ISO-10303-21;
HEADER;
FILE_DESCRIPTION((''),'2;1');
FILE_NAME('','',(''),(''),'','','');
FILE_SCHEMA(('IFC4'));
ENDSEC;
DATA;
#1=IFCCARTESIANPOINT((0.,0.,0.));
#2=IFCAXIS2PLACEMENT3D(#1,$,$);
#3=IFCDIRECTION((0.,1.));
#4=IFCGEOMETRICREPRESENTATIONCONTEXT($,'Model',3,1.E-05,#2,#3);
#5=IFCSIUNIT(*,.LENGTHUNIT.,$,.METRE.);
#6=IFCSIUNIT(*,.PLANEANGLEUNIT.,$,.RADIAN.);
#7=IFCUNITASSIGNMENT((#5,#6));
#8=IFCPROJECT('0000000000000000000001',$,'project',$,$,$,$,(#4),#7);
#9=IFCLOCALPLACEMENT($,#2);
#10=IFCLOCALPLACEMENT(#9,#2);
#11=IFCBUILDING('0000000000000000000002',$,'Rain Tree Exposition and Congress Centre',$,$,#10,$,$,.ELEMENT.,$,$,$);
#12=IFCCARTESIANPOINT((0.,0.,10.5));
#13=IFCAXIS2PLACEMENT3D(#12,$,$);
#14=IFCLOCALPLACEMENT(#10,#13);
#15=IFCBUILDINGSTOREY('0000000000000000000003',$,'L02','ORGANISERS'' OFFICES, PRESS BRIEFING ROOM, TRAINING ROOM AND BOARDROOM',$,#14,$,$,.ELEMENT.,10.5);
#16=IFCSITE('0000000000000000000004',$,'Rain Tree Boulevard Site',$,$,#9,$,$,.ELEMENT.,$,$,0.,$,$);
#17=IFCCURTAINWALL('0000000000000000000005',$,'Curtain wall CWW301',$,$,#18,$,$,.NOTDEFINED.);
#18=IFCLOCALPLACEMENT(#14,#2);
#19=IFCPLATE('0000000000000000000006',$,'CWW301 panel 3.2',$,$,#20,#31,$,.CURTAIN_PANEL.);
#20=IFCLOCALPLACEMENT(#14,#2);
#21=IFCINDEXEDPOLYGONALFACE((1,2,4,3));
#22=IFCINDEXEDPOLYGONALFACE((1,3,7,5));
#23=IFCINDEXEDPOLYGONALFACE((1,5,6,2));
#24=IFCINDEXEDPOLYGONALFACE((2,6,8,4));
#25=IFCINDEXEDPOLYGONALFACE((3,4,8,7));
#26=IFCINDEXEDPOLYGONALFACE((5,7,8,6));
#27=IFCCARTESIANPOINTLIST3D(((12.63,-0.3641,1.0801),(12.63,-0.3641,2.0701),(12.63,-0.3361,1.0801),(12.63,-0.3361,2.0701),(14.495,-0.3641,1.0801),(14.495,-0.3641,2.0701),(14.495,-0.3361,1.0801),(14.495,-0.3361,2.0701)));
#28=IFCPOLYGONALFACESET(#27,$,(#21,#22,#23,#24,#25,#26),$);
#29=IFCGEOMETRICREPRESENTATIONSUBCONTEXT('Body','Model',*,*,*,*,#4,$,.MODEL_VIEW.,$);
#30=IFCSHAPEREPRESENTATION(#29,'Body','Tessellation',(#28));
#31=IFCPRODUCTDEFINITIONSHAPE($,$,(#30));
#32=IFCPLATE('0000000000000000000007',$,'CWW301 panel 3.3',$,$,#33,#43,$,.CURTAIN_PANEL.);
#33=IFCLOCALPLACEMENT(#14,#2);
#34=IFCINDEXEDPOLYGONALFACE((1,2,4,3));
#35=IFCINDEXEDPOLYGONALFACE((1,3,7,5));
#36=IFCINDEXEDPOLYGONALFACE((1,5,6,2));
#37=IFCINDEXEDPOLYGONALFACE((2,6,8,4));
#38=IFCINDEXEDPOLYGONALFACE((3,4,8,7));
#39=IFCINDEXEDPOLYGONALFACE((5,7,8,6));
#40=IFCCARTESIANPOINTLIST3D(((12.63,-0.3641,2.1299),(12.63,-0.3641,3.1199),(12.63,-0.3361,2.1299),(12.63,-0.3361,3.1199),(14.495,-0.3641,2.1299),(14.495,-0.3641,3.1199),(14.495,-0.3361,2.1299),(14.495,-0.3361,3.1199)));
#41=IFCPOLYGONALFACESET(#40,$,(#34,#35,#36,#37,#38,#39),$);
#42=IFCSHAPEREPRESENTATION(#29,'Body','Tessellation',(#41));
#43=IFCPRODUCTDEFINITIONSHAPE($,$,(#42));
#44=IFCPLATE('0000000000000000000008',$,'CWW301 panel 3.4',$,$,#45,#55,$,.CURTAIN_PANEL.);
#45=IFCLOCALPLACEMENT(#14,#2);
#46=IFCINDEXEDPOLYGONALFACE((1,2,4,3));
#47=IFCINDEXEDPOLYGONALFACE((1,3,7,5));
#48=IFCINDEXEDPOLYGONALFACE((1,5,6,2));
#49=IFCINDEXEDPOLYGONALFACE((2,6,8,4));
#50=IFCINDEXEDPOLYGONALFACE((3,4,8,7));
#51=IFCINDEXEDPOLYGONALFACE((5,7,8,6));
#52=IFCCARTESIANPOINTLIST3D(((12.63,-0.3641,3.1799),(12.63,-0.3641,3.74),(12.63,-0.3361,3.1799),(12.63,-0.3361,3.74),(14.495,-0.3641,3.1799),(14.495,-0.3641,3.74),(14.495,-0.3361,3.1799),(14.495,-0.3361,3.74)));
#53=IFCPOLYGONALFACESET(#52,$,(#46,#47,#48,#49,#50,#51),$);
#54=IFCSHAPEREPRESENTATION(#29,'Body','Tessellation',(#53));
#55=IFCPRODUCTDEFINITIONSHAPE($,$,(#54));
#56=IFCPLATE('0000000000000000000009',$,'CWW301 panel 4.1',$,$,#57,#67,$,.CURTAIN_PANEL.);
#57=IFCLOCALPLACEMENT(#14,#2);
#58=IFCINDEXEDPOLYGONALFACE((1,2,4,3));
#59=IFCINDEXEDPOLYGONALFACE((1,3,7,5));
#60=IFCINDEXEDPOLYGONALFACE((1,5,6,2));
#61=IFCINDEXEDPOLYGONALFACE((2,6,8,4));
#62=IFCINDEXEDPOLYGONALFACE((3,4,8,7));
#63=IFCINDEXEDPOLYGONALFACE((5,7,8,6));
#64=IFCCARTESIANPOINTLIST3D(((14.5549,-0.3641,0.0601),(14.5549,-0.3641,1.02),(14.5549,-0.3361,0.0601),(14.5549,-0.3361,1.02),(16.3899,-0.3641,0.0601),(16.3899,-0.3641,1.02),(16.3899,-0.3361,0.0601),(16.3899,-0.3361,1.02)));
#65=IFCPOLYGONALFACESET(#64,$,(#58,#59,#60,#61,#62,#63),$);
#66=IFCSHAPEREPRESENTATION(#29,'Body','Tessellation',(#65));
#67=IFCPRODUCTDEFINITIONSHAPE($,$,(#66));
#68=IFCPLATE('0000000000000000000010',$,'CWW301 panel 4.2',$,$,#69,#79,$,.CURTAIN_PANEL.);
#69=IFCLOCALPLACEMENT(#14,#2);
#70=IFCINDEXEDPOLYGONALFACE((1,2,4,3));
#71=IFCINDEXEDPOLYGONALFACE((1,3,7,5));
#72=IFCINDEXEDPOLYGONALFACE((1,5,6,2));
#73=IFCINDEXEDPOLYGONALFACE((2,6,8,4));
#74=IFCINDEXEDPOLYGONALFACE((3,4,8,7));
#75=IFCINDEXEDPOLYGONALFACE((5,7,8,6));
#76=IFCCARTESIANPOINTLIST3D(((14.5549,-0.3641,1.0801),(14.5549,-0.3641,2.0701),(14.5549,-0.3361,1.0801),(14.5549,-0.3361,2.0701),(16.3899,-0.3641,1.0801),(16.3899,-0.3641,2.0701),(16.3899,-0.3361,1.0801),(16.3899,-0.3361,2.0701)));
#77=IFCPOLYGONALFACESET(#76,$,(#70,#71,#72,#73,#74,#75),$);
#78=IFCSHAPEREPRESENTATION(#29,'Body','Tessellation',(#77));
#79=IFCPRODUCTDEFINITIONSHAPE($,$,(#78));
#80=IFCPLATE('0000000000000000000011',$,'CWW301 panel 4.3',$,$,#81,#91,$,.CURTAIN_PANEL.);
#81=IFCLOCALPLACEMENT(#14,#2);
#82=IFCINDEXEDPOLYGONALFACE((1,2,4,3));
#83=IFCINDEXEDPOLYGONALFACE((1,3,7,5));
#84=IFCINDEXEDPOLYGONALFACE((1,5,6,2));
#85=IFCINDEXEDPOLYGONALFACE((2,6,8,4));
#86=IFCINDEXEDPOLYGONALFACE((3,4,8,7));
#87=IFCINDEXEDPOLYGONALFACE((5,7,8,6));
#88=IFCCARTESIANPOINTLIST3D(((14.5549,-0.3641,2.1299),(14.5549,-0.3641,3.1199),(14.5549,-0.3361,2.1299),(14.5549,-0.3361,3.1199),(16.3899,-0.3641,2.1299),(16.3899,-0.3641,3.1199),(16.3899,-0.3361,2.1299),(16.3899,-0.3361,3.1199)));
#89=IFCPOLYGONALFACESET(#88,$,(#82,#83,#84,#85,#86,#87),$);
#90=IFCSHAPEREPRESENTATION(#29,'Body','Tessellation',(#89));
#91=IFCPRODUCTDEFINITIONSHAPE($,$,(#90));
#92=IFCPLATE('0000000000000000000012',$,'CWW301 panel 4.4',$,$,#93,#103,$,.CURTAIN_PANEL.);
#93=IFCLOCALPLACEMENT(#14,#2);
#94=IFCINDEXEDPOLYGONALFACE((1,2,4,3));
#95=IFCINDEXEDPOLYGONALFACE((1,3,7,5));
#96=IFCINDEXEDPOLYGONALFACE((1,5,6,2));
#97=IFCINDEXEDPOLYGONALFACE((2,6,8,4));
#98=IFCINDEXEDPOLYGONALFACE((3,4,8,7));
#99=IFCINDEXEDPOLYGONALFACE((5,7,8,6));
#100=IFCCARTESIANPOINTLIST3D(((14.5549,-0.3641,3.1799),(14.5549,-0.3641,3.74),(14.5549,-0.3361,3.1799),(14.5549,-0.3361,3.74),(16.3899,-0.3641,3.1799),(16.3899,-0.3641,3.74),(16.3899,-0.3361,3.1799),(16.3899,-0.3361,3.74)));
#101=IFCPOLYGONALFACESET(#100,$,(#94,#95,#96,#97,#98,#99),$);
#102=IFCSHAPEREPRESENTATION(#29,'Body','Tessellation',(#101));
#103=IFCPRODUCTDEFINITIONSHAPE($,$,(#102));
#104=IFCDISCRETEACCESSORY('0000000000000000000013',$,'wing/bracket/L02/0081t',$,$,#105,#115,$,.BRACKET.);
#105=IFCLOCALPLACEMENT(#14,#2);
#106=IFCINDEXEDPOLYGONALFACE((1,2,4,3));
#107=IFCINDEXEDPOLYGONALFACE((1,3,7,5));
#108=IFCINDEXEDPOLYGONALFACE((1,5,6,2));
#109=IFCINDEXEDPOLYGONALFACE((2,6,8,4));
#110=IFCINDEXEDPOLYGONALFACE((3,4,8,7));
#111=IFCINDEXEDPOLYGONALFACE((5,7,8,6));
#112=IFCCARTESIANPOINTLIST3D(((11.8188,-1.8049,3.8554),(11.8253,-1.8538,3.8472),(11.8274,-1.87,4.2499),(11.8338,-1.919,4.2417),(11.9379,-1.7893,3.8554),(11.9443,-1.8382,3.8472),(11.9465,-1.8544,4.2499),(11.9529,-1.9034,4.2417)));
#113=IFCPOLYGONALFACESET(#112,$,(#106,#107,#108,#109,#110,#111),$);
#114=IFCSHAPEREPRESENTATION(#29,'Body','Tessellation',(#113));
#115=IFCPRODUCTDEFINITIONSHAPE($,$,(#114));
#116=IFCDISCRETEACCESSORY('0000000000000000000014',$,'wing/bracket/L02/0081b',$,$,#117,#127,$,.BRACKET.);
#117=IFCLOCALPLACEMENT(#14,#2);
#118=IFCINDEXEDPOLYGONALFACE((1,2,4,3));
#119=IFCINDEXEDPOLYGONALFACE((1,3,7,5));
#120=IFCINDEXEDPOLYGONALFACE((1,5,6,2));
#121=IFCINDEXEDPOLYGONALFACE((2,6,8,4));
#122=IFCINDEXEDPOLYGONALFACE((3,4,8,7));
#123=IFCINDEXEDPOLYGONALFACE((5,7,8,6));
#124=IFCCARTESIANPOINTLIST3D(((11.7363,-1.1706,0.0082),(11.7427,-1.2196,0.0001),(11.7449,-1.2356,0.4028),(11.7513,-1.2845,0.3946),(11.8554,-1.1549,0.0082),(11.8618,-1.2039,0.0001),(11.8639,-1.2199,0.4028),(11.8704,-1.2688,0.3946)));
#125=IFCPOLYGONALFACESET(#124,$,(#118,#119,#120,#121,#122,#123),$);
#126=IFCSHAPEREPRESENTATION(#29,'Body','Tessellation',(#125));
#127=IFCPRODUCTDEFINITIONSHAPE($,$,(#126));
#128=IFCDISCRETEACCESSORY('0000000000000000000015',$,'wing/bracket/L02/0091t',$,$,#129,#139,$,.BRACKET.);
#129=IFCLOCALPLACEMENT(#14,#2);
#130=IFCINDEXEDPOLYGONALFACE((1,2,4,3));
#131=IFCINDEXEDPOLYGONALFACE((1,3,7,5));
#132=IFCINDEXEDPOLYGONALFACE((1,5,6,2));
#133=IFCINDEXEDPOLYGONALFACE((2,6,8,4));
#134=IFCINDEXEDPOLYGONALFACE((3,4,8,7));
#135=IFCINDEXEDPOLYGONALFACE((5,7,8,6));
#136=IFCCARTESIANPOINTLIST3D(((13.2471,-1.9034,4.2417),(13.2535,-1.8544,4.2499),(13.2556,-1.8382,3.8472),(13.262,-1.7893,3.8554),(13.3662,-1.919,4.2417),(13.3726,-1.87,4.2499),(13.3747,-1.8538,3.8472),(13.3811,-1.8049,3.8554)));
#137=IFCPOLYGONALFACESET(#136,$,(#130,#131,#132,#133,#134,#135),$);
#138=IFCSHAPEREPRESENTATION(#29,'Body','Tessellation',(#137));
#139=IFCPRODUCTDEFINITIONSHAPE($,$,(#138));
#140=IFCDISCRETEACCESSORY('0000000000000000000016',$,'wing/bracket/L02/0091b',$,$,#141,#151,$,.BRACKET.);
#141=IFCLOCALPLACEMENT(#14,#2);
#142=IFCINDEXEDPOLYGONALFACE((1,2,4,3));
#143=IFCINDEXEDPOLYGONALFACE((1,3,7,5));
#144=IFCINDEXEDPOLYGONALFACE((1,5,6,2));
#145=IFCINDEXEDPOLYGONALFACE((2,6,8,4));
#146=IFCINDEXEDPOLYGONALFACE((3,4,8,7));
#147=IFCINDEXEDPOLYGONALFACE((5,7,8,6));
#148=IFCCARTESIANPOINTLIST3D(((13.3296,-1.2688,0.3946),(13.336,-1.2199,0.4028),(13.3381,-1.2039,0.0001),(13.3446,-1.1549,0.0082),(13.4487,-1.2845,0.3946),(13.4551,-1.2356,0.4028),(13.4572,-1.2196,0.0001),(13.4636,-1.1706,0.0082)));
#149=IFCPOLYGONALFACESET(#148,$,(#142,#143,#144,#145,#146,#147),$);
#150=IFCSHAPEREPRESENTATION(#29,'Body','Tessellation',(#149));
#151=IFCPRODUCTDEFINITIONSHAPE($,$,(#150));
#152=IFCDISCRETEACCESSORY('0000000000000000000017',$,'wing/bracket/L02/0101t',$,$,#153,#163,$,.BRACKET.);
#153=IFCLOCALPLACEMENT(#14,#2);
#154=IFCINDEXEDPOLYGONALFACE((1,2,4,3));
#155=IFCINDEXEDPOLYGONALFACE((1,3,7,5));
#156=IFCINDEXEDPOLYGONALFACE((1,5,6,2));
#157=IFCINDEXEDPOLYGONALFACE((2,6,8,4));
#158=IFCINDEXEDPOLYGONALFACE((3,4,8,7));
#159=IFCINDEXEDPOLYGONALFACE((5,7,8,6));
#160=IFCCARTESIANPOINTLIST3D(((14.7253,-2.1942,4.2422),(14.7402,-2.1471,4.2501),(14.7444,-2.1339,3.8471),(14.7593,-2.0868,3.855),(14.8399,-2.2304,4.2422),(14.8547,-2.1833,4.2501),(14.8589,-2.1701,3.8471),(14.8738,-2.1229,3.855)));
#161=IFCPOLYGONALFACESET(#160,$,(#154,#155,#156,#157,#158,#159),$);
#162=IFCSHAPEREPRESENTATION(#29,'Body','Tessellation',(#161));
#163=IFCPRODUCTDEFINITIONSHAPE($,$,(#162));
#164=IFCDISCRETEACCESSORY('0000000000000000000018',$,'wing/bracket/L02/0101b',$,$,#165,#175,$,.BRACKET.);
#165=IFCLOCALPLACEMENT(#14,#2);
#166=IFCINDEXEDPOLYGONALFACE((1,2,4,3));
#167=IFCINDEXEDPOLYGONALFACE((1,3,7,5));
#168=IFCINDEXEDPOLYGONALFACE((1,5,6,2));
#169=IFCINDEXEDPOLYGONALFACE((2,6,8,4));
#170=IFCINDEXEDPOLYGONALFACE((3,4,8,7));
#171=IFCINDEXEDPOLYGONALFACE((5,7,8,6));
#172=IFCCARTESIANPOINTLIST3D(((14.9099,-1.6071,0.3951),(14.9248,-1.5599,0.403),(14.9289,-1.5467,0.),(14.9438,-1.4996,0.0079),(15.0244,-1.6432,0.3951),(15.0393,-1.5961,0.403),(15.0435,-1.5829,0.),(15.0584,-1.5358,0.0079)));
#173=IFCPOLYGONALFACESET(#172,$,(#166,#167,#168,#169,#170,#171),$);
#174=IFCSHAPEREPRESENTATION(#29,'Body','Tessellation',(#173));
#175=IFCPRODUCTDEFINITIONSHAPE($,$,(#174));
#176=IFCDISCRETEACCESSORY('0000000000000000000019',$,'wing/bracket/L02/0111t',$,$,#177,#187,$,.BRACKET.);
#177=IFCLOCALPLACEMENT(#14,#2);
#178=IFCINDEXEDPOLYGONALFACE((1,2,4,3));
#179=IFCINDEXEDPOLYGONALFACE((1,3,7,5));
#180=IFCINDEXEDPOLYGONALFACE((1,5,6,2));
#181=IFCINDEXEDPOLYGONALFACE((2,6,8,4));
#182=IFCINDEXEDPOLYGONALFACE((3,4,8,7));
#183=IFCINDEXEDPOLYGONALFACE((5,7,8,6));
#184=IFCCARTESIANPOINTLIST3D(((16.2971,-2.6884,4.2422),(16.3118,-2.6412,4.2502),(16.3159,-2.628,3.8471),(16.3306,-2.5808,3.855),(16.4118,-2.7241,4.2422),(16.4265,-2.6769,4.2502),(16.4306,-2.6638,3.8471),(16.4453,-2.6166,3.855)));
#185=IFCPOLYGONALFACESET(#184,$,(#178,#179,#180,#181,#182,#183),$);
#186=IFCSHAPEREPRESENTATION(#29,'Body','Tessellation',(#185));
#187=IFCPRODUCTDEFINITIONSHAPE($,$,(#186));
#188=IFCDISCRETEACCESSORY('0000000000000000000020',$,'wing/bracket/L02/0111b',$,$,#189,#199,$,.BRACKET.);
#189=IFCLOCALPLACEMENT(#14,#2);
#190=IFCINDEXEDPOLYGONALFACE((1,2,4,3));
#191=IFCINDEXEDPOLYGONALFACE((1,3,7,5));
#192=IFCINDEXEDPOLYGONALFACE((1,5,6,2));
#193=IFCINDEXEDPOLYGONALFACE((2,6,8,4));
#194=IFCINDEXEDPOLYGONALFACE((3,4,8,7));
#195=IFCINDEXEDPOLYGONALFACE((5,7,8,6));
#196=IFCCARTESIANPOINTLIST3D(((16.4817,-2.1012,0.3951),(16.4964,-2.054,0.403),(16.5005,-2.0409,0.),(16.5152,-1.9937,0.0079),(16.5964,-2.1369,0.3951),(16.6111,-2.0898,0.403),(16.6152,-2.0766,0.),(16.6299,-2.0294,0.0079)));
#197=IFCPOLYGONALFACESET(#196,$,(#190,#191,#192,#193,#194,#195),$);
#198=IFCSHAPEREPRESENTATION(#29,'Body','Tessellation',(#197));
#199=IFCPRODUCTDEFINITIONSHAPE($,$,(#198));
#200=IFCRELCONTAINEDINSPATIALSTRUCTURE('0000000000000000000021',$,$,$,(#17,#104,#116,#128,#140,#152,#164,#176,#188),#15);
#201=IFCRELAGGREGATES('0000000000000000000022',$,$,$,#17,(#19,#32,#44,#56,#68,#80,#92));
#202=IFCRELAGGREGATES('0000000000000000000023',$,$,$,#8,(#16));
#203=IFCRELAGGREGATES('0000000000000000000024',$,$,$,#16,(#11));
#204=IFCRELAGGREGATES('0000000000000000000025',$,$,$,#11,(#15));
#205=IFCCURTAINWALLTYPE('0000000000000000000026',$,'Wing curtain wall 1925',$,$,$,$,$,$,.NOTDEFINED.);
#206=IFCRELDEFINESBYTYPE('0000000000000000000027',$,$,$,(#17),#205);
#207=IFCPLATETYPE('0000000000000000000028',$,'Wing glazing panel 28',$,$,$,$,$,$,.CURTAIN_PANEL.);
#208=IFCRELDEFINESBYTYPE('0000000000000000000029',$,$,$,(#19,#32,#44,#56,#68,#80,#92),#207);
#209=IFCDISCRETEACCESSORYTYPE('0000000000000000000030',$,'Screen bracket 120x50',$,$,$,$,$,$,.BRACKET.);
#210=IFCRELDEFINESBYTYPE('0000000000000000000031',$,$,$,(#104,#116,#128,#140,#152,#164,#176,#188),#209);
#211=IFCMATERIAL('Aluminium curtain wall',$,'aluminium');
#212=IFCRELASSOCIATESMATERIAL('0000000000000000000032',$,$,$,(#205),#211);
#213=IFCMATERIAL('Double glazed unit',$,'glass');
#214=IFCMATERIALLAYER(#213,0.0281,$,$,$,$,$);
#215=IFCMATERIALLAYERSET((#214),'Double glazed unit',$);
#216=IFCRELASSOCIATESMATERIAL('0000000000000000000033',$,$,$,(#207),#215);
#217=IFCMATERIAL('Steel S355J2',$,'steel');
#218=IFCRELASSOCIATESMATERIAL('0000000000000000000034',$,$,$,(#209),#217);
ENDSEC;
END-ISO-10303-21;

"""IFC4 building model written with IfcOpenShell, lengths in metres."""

from ifc_helpers import new_model, si_unit, direction, frame, origin, origin_2d, place, context, subcontext, project, spatial, rectangle, extrude, material, layer, layer_set, material_profile, profile_set, type_object, element, aggregate, save


model = new_model("IFC4")

# Units and contexts
model_context = context("Model", 3, precision=1e-05, world=origin(), true_north=direction((0.0, 1.0)))
body_context = subcontext(model_context, "Body", "Model", "MODEL_VIEW")
ifc_project = project(units=[si_unit("LENGTHUNIT", "METRE"), si_unit("PLANEANGLEUNIT", "RADIAN")], contexts=[model_context])

# Site, building, storey
site_placement = place(None, origin())
site = spatial("IfcSite", under=ifc_project, at=site_placement, Name="Rain Tree Boulevard Site", CompositionType="ELEMENT", RefElevation=0.0)
building_placement = place(site_placement, origin())
building = spatial("IfcBuilding", under=site, at=building_placement, Name="Rain Tree Exposition and Congress Centre", CompositionType="ELEMENT")
storey_placement = place(building_placement, frame((0.0, 0.0, 10.5)))
storey = spatial("IfcBuildingStorey", under=building, at=storey_placement, Name="L02", Description="ORGANISERS' OFFICES, PRESS BRIEFING ROOM, TRAINING ROOM AND BOARDROOM", CompositionType="ELEMENT", Elevation=10.5)

# Curtain wall, plates
ifc_material_1 = material(Name="Aluminium curtain wall", Category="aluminium")
curtain_wall_type = type_object("IfcCurtainWallType", Name="Wing curtain wall 1925", PredefinedType="NOTDEFINED", material=ifc_material_1)
curtain_wall_placement = place(storey_placement, origin())
curtain_wall = element("IfcCurtainWall", 1, at=curtain_wall_placement, inside=storey, type_object=curtain_wall_type, Name="Curtain wall CWW301", PredefinedType="NOTDEFINED")
ifc_material_2 = material(Name="Double glazed unit", Category="glass")
ifc_layer_1 = layer(ifc_material_2, 0.0281)
ifc_layer_set_1 = layer_set([ifc_layer_1], Name="Double glazed unit")
plate_type = type_object("IfcPlateType", Name="Wing glazing panel 28", PredefinedType="CURTAIN_PANEL", material=ifc_layer_set_1)
plate_1_placement = place(storey_placement, frame((13.5625, -0.3501, 1.0801), z_axis=(0.0, 0.0, 1.0), x_axis=(1.0, 0.0, 0.0)))
plate_1 = element("IfcPlate", 2, at=plate_1_placement, type_object=plate_type, Name="CWW301 panel 3.2", PredefinedType="CURTAIN_PANEL", context=body_context, shape_type="SweptSolid", body=[
    extrude(rectangle(XDim=1.865, YDim=0.0281, at=origin_2d()), origin(), (0.0, 0.0, 1.0), 0.99),
])
plate_2_placement = place(storey_placement, frame((13.5625, -0.3501, 2.1299), z_axis=(0.0, 0.0, 1.0), x_axis=(1.0, 0.0, 0.0)))
plate_2 = element("IfcPlate", 3, at=plate_2_placement, type_object=plate_type, Name="CWW301 panel 3.3", PredefinedType="CURTAIN_PANEL", context=body_context, shape_type="SweptSolid", body=[
    extrude(rectangle(XDim=1.865, YDim=0.0281, at=origin_2d()), origin(), (0.0, 0.0, 1.0), 0.99),
])
plate_3_placement = place(storey_placement, frame((13.5625, -0.3501, 3.1799), z_axis=(0.0, 0.0, 1.0), x_axis=(1.0, 0.0, 0.0)))
plate_3 = element("IfcPlate", 4, at=plate_3_placement, type_object=plate_type, Name="CWW301 panel 3.4", PredefinedType="CURTAIN_PANEL", context=body_context, shape_type="SweptSolid", body=[
    extrude(rectangle(XDim=1.865, YDim=0.0281, at=origin_2d()), origin(), (0.0, 0.0, 1.0), 0.5601),
])
plate_4_placement = place(storey_placement, frame((15.4724, -0.3501, 0.0601), z_axis=(0.0, 0.0, 1.0), x_axis=(1.0, 0.0, 0.0)))
plate_4 = element("IfcPlate", 5, at=plate_4_placement, type_object=plate_type, Name="CWW301 panel 4.1", PredefinedType="CURTAIN_PANEL", context=body_context, shape_type="SweptSolid", body=[
    extrude(rectangle(XDim=1.835, YDim=0.0281, at=origin_2d()), origin(), (0.0, 0.0, 1.0), 0.96),
])
plate_5_placement = place(storey_placement, frame((15.4724, -0.3501, 1.0801), z_axis=(0.0, 0.0, 1.0), x_axis=(1.0, 0.0, 0.0)))
plate_5 = element("IfcPlate", 6, at=plate_5_placement, type_object=plate_type, Name="CWW301 panel 4.2", PredefinedType="CURTAIN_PANEL", context=body_context, shape_type="SweptSolid", body=[
    extrude(rectangle(XDim=1.835, YDim=0.0281, at=origin_2d()), origin(), (0.0, 0.0, 1.0), 0.99),
])
plate_6_placement = place(storey_placement, frame((15.4724, -0.3501, 2.1299), z_axis=(0.0, 0.0, 1.0), x_axis=(1.0, 0.0, 0.0)))
plate_6 = element("IfcPlate", 7, at=plate_6_placement, type_object=plate_type, Name="CWW301 panel 4.3", PredefinedType="CURTAIN_PANEL", context=body_context, shape_type="SweptSolid", body=[
    extrude(rectangle(XDim=1.835, YDim=0.0281, at=origin_2d()), origin(), (0.0, 0.0, 1.0), 0.99),
])
plate_7_placement = place(storey_placement, frame((15.4724, -0.3501, 3.1799), z_axis=(0.0, 0.0, 1.0), x_axis=(1.0, 0.0, 0.0)))
plate_7 = element("IfcPlate", 8, at=plate_7_placement, type_object=plate_type, Name="CWW301 panel 4.4", PredefinedType="CURTAIN_PANEL", context=body_context, shape_type="SweptSolid", body=[
    extrude(rectangle(XDim=1.835, YDim=0.0281, at=origin_2d()), origin(), (0.0, 0.0, 1.0), 0.5601),
])
aggregate(curtain_wall, [plate_1, plate_2, plate_3, plate_4, plate_5, plate_6, plate_7])

# Discrete accessories
ifc_material_3 = material(Name="Steel S355J2", Category="steel")
ifc_material_profile_1 = material_profile(ifc_material_3, rectangle(XDim=0.1201, YDim=0.05, at=origin_2d()), Name="Flat bar 120x50")
ifc_profile_set_1 = profile_set([ifc_material_profile_1], Name="Steel S355J2")
discrete_accessory_type = type_object("IfcDiscreteAccessoryType", Name="Screen bracket 120x50", PredefinedType="BRACKET", material=ifc_profile_set_1)
for number, where, z_axis, x_axis, name in (
    (9, (11.8816, -1.8215, 3.8513), (0.021364, -0.162976, 0.986399), (0.991517, 0.129974, 0.0), "wing/bracket/L02/0081t"),
    (10, (11.7991, -1.1873, 0.0042), (0.021366, -0.162381, 0.986497), (0.991454, 0.130455, 0.0), "wing/bracket/L02/0081b"),
    (11, (13.3184, -1.8215, 3.8513), (-0.021364, -0.162976, 0.986399), (0.991517, -0.129974, 0.0), "wing/bracket/L02/0091t"),
    (12, (13.4009, -1.1873, 0.0042), (-0.021366, -0.162381, 0.986497), (0.991454, -0.130455, 0.0), "wing/bracket/L02/0091b"),
):
    element("IfcDiscreteAccessory", number, at=place(storey_placement, frame(where, z_axis=z_axis, x_axis=x_axis)), inside=storey, type_object=discrete_accessory_type, Name=name, PredefinedType="BRACKET", context=body_context, shape_type="SweptSolid", body=[
        extrude(rectangle(XDim=0.1201, YDim=0.05, at=origin_2d()), origin(), (0.0, 0.0, 1.0), 0.3999),
    ])
for number, where, z_axis, x_axis, name in (
    (13, (14.8091, -2.1284, 3.8511), (-0.047602, -0.150738, 0.987427), (0.953583, -0.301131, 0.0), "wing/bracket/L02/0101t"),
    (14, (14.9937, -1.5413, 0.0039), (-0.047602, -0.150738, 0.987427), (0.953583, -0.301131, 0.0), "wing/bracket/L02/0101b"),
    (15, (16.3806, -2.6223, 3.8511), (-0.046993, -0.150743, 0.987456), (0.954686, -0.297615, 0.0), "wing/bracket/L02/0111t"),
    (16, (16.5652, -2.0352, 0.0039), (-0.046993, -0.150743, 0.987456), (0.954686, -0.297615, 0.0), "wing/bracket/L02/0111b"),
):
    element("IfcDiscreteAccessory", number, at=place(storey_placement, frame(where, z_axis=z_axis, x_axis=x_axis)), inside=storey, type_object=discrete_accessory_type, Name=name, PredefinedType="BRACKET", context=body_context, shape_type="SweptSolid", body=[
        extrude(rectangle(XDim=0.1201, YDim=0.05, at=origin_2d()), origin(), (0.0, 0.0, 1.0), 0.4001),
    ])

save(model, "model.ifc")
